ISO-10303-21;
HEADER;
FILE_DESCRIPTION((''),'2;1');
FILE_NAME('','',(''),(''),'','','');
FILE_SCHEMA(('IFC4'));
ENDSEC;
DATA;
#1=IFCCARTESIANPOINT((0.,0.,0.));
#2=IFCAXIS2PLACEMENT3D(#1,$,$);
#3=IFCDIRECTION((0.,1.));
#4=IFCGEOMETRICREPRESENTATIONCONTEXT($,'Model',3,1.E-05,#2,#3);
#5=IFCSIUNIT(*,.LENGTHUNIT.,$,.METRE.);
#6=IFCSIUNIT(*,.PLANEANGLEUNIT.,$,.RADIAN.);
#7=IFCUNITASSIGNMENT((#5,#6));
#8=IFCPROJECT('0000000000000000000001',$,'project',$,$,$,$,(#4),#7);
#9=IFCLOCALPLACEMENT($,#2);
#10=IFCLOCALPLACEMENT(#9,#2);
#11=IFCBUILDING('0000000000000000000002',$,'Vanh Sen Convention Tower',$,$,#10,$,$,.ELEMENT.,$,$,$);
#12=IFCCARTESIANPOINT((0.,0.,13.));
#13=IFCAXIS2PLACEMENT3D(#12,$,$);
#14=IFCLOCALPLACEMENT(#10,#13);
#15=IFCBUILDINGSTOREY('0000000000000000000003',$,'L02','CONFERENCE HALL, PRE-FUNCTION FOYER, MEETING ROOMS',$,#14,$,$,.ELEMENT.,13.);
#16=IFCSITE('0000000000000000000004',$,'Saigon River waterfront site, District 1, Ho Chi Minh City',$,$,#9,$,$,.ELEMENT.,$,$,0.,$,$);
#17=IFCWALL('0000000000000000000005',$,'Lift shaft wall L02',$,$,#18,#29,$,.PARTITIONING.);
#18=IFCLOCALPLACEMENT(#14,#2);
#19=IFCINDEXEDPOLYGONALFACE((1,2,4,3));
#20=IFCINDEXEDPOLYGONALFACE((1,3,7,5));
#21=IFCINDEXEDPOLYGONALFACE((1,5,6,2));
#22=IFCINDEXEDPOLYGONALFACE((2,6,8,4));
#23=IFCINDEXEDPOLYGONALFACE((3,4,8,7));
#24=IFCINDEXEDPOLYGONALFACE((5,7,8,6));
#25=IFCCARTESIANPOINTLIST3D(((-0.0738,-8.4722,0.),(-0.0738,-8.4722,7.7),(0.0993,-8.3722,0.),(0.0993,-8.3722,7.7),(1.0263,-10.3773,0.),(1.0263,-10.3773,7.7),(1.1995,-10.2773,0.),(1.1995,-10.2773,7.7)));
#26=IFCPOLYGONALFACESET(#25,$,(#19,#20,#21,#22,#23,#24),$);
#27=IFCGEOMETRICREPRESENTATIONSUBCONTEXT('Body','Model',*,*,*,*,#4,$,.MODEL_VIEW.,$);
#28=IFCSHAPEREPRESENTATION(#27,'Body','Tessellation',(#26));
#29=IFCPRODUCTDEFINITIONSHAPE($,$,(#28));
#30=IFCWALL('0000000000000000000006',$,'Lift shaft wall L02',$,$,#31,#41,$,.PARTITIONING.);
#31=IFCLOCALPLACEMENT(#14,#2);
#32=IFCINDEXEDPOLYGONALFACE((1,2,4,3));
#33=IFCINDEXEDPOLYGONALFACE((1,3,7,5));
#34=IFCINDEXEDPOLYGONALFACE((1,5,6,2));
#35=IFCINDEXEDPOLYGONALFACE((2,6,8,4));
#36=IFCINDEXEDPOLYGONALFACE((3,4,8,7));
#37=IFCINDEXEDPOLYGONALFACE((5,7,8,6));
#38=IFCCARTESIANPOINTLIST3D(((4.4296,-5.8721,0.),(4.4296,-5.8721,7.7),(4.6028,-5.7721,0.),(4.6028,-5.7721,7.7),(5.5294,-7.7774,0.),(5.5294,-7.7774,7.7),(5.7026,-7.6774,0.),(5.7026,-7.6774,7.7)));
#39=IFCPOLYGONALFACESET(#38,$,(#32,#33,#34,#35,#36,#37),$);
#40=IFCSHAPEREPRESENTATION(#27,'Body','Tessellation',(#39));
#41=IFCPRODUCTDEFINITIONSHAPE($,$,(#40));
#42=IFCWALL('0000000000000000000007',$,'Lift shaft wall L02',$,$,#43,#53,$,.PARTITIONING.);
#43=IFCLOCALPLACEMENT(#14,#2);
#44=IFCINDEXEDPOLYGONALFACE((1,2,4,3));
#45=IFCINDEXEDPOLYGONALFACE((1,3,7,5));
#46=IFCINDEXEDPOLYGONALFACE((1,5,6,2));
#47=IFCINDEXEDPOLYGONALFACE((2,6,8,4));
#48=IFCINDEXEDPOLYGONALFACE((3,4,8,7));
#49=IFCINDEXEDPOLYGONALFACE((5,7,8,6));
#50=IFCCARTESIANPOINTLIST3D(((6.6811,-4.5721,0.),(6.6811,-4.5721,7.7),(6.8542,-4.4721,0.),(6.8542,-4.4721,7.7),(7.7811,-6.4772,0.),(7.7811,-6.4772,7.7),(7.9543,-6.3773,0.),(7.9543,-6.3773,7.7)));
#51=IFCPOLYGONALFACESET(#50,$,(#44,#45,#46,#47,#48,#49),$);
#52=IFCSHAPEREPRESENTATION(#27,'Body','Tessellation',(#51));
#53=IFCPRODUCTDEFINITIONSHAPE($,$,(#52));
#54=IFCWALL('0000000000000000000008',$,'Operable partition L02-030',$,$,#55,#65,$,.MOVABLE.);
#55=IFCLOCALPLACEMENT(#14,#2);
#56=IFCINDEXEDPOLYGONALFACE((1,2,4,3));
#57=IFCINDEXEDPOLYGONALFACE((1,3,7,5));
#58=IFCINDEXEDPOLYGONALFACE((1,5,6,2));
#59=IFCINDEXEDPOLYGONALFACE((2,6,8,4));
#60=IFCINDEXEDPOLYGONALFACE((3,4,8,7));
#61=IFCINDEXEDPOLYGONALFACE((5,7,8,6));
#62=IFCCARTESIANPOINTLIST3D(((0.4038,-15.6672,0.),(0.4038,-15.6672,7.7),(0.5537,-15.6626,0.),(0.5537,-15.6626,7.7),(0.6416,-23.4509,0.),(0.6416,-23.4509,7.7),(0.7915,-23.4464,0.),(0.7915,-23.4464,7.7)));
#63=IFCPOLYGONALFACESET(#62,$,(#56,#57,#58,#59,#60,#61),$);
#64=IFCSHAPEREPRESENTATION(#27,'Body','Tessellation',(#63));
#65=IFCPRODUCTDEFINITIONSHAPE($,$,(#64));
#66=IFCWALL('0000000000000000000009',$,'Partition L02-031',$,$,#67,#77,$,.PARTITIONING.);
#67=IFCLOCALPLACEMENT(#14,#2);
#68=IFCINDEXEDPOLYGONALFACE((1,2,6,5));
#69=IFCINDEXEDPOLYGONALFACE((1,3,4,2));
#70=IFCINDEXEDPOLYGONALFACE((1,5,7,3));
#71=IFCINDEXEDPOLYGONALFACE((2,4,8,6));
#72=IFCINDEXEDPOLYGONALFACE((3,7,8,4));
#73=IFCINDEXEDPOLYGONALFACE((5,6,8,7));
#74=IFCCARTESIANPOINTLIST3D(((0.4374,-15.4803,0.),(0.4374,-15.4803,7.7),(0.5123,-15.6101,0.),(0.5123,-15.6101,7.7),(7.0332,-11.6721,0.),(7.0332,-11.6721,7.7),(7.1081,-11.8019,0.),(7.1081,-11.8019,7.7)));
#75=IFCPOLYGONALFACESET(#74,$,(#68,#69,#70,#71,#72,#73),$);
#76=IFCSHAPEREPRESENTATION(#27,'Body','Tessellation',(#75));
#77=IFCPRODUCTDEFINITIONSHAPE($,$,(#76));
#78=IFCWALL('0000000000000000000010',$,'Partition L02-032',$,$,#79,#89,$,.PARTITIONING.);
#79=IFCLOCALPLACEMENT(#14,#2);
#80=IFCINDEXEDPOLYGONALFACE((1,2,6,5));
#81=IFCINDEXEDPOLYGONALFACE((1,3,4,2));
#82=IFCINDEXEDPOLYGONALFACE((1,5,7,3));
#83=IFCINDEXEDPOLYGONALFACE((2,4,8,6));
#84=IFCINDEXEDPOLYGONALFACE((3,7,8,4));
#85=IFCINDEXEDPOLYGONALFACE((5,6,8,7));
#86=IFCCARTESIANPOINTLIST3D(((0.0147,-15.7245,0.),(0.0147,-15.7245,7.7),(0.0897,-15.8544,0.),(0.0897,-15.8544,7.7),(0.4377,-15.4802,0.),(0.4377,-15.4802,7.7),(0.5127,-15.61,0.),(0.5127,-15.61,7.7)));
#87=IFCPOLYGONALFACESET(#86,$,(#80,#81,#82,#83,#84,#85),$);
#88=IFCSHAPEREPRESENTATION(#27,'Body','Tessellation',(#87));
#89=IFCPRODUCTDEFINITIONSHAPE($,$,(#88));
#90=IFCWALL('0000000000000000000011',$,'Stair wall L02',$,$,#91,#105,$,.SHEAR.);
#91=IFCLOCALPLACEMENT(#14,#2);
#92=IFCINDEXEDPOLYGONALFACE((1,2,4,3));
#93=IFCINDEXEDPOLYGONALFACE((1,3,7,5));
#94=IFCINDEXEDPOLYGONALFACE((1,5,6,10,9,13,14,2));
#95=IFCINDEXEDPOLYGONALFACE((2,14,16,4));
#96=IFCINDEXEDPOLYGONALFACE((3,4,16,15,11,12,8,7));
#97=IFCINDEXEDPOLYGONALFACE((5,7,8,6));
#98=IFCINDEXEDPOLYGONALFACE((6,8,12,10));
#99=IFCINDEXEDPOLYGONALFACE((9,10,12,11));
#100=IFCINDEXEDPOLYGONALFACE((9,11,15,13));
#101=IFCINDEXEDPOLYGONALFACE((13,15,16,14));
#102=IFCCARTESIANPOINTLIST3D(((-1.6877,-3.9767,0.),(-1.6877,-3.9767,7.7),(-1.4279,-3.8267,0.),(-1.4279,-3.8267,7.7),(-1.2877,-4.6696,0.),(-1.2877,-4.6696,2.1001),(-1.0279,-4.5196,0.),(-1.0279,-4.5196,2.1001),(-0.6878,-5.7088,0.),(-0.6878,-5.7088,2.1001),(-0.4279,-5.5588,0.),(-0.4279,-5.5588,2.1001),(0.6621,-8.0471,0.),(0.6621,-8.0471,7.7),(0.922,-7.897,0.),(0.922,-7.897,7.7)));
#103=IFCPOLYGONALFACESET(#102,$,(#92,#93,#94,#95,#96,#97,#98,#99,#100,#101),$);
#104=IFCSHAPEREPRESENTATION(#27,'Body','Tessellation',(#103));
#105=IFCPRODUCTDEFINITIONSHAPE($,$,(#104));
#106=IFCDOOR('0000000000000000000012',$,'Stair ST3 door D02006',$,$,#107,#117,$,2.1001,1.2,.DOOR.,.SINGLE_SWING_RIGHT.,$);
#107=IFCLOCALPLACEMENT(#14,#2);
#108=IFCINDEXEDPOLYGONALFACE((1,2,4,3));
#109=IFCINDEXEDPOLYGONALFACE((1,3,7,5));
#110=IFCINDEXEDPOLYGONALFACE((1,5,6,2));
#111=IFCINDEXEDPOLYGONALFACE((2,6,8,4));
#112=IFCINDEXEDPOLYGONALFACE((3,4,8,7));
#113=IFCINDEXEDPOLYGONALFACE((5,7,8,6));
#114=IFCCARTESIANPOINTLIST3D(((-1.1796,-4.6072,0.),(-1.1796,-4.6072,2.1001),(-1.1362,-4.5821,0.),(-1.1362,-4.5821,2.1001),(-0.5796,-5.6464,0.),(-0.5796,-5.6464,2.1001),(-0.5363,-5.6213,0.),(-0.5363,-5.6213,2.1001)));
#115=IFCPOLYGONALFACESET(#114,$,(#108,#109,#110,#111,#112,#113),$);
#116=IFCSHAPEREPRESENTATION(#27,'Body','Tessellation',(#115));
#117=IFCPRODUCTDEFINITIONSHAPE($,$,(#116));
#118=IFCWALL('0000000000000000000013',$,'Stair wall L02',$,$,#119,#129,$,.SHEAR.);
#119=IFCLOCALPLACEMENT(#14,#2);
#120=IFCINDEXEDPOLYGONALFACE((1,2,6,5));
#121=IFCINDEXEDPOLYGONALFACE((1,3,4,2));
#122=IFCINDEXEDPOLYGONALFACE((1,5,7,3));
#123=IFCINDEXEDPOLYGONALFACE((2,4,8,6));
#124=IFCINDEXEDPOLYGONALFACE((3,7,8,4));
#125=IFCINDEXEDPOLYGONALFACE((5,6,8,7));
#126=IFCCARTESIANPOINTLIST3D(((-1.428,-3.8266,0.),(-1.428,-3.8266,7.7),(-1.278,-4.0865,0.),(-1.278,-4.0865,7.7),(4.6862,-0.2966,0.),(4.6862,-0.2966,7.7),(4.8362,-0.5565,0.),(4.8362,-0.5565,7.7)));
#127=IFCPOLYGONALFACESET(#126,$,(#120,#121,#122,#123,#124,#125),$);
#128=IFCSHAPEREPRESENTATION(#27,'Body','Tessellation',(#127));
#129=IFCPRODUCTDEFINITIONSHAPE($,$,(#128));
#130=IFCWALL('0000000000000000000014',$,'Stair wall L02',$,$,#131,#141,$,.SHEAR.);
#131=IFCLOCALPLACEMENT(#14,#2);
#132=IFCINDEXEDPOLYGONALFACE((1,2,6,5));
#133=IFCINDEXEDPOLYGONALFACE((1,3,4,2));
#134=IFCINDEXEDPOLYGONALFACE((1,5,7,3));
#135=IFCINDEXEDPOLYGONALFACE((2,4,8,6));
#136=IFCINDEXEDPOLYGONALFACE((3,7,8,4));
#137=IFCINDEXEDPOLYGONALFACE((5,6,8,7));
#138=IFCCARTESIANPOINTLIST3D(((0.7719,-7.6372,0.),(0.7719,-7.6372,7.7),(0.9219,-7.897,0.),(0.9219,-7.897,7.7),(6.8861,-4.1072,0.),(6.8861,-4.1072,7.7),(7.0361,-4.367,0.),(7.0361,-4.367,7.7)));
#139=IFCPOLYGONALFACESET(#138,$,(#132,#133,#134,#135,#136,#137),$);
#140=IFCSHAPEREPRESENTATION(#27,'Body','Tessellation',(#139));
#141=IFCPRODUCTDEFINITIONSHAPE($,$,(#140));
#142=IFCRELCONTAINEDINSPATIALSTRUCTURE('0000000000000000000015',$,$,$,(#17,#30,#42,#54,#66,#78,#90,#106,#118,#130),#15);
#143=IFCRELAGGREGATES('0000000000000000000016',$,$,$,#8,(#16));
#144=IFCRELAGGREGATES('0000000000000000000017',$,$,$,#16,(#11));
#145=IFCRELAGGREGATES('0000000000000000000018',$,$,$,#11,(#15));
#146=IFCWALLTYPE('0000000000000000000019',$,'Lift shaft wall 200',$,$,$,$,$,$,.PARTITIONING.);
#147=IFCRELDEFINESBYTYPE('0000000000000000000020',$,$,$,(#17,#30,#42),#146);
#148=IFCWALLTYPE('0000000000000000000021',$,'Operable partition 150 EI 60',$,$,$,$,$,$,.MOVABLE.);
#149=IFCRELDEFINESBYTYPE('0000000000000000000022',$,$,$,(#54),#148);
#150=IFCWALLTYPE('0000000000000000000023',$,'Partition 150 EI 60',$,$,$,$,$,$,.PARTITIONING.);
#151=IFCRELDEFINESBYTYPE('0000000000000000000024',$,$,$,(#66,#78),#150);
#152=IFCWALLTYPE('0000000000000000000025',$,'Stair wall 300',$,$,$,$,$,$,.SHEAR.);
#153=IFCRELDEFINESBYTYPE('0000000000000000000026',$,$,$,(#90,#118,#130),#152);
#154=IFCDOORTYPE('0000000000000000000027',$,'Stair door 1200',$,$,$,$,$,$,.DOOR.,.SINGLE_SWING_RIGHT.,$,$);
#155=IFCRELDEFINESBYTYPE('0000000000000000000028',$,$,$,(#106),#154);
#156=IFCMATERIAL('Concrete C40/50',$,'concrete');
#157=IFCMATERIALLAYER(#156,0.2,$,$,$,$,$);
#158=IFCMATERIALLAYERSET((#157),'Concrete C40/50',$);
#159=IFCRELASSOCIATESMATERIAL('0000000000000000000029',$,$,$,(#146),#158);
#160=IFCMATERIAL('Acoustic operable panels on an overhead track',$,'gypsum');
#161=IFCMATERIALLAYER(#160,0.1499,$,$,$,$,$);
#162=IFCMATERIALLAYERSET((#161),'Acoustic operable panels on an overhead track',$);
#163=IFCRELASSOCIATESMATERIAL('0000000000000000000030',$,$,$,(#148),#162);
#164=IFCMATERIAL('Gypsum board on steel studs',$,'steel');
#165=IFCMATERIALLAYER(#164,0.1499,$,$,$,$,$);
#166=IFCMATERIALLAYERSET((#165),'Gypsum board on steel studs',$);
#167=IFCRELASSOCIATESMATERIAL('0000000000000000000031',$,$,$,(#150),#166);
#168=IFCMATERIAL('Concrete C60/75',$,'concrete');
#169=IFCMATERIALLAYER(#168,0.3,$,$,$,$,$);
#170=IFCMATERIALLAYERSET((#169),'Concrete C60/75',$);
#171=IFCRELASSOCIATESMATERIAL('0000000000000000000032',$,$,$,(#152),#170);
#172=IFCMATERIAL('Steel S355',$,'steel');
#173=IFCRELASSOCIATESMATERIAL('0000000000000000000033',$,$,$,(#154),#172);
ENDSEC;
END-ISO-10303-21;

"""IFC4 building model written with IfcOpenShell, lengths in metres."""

from ifc_helpers import new_model, si_unit, direction, frame, frame_2d, origin, place, context, subcontext, project, spatial, rectangle, extrude, material, layer, layer_set, type_object, element, fill, save


model = new_model("IFC4")

# Units and contexts
model_context = context("Model", 3, precision=1e-05, world=origin(), true_north=direction((0.0, 1.0)))
body_context = subcontext(model_context, "Body", "Model", "MODEL_VIEW")
ifc_project = project(units=[si_unit("LENGTHUNIT", "METRE"), si_unit("PLANEANGLEUNIT", "RADIAN")], contexts=[model_context])

# Site, building, storey
site_placement = place(None, origin())
site = spatial("IfcSite", under=ifc_project, at=site_placement, Name="Saigon River waterfront site, District 1, Ho Chi Minh City", CompositionType="ELEMENT", RefElevation=0.0)
building_placement = place(site_placement, origin())
building = spatial("IfcBuilding", under=site, at=building_placement, Name="Vanh Sen Convention Tower", CompositionType="ELEMENT")
storey_placement = place(building_placement, frame((0.0, 0.0, 13.0)))
storey = spatial("IfcBuildingStorey", under=building, at=storey_placement, Name="L02", Description="CONFERENCE HALL, PRE-FUNCTION FOYER, MEETING ROOMS", CompositionType="ELEMENT", Elevation=13.0)

# Shared definitions
ifc_material_1 = material(Name="Steel S355", Category="steel")

# Walls
ifc_material_2 = material(Name="Concrete C40/50", Category="concrete")
ifc_layer_1 = layer(ifc_material_2, 0.2)
ifc_layer_set_1 = layer_set([ifc_layer_1], Name="Concrete C40/50")
wall_type_1 = type_object("IfcWallType", Name="Lift shaft wall 200", PredefinedType="PARTITIONING", material=ifc_layer_set_1)
for number, where, z_axis, x_axis, name in (
    (1, (0.0127, -8.4221, 0.0), (0.0, 0.0, 1.0), (0.500078, -0.86598, 0.0), "Lift shaft wall L02"),
    (2, (4.5161, -5.822, 0.0), (0.0, 0.0, 1.0), (0.499947, -0.866056, 0.0), "Lift shaft wall L02"),
    (3, (6.7676, -4.522, 0.0), (0.0, 0.0, 1.0), (0.50003, -0.866008, 0.0), "Lift shaft wall L02"),
):
    element("IfcWall", number, at=place(storey_placement, frame(where, z_axis=z_axis, x_axis=x_axis)), inside=storey, type_object=wall_type_1, Name=name, PredefinedType="PARTITIONING", context=body_context, shape_type="SweptSolid", body=[
        extrude(rectangle(XDim=2.2, YDim=0.2, at=frame_2d((1.1001, 0.0))), origin(), (0.0, 0.0, 1.0), 7.7),
    ])
ifc_material_3 = material(Name="Acoustic operable panels on an overhead track", Category="gypsum")
ifc_layer_2 = layer(ifc_material_3, 0.1499)
ifc_layer_set_2 = layer_set([ifc_layer_2], Name="Acoustic operable panels on an overhead track")
wall_type_2 = type_object("IfcWallType", Name="Operable partition 150 EI 60", PredefinedType="MOVABLE", material=ifc_layer_set_2)
wall_1_placement = place(storey_placement, frame((0.4788, -15.665, 0.0), z_axis=(0.0, 0.0, 1.0), x_axis=(0.030536, -0.999534, 0.0)))
element("IfcWall", 4, at=wall_1_placement, inside=storey, type_object=wall_type_2, Name="Operable partition L02-030", PredefinedType="MOVABLE", context=body_context, shape_type="SweptSolid", body=[
    extrude(rectangle(XDim=7.7874, YDim=0.1499, at=frame_2d((3.8936, 0.0))), origin(), (0.0, 0.0, 1.0), 7.7),
])
ifc_material_4 = material(Name="Gypsum board on steel studs", Category="steel")
ifc_layer_3 = layer(ifc_material_4, 0.1499)
ifc_layer_set_3 = layer_set([ifc_layer_3], Name="Gypsum board on steel studs")
wall_type_3 = type_object("IfcWallType", Name="Partition 150 EI 60", PredefinedType="PARTITIONING", material=ifc_layer_set_3)
wall_2_placement = place(storey_placement, frame((0.4749, -15.5452, 0.0), z_axis=(0.0, 0.0, 1.0), x_axis=(0.866021, 0.500007, 0.0)))
element("IfcWall", 5, at=wall_2_placement, inside=storey, type_object=wall_type_3, Name="Partition L02-031", PredefinedType="PARTITIONING", context=body_context, shape_type="SweptSolid", body=[
    extrude(rectangle(XDim=7.6162, YDim=0.1499, at=frame_2d((3.8081, 0.0))), origin(), (0.0, 0.0, 1.0), 7.7),
])
wall_3_placement = place(storey_placement, frame((0.4751, -15.5452, 0.0), z_axis=(0.0, 0.0, 1.0), x_axis=(-0.865928, -0.500169, 0.0)))
element("IfcWall", 6, at=wall_3_placement, inside=storey, type_object=wall_type_3, Name="Partition L02-032", PredefinedType="PARTITIONING", context=body_context, shape_type="SweptSolid", body=[
    extrude(rectangle(XDim=0.4885, YDim=0.1499, at=frame_2d((0.2441, 0.0))), origin(), (0.0, 0.0, 1.0), 7.7),
])

# Wall, opening, door
ifc_material_5 = material(Name="Concrete C60/75", Category="concrete")
ifc_layer_4 = layer(ifc_material_5, 0.3)
ifc_layer_set_4 = layer_set([ifc_layer_4], Name="Concrete C60/75")
wall_type_4 = type_object("IfcWallType", Name="Stair wall 300", PredefinedType="SHEAR", material=ifc_layer_set_4)
wall_4_placement = place(storey_placement, frame((-1.5579, -3.9016, 0.0), z_axis=(0.0, 0.0, 1.0), x_axis=(0.499977, -0.866039, 0.0)))
wall_4 = element("IfcWall", 7, at=wall_4_placement, inside=storey, type_object=wall_type_4, Name="Stair wall L02", PredefinedType="SHEAR", context=body_context, shape_type="SweptSolid", body=[
    extrude(rectangle(XDim=4.7, YDim=0.3, at=frame_2d((2.3501, 0.0))), origin(), (0.0, 0.0, 1.0), 7.7),
])
opening_1_placement = place(wall_4_placement, frame((0.8, 0.0, 0.0)))
opening_1 = element("IfcOpeningElement", 8, at=opening_1_placement, cuts=wall_4, PredefinedType="OPENING", context=body_context, shape_type="SweptSolid", body=[
    extrude(rectangle(XDim=1.2, YDim=2.1001, at=frame_2d((0.6001, 1.05))), frame((0.0, 0.1599, 0.0), z_axis=(0.0, -1.0, 0.0), x_axis=(1.0, 0.0, 0.0)), (0.0, 0.0, 1.0), 0.3201),
])
door_type_1 = type_object("IfcDoorType", Name="Stair door 1200", OperationType="SINGLE_SWING_RIGHT", PredefinedType="DOOR", material=ifc_material_1)
door_1_placement = place(opening_1_placement, origin())
door_1 = element("IfcDoor", 9, at=door_1_placement, inside=storey, type_object=door_type_1, Name="Stair ST3 door D02006", OperationType="SINGLE_SWING_RIGHT", OverallHeight=2.1001, OverallWidth=1.2, PredefinedType="DOOR", context=body_context, shape_type="SweptSolid", body=[
    extrude(rectangle(XDim=1.2, YDim=2.1001, at=frame_2d((0.6001, 1.05))), frame((0.0, 0.0249, 0.0), z_axis=(0.0, -1.0, 0.0), x_axis=(1.0, 0.0, 0.0)), (0.0, 0.0, 1.0), 0.05),
])
fill(opening_1, door_1)

# Walls
for number, where, z_axis, x_axis, name in (
    (10, (-1.353, -3.9565, 0.0), (0.0, 0.0, 1.0), (0.866028, 0.499996, 0.0), "Stair wall L02"),
    (11, (0.8469, -7.7671, 0.0), (0.0, 0.0, 1.0), (0.866028, 0.499996, 0.0), "Stair wall L02"),
):
    element("IfcWall", number, at=place(storey_placement, frame(where, z_axis=z_axis, x_axis=x_axis)), inside=storey, type_object=wall_type_4, Name=name, PredefinedType="SHEAR", context=body_context, shape_type="SweptSolid", body=[
        extrude(rectangle(XDim=7.0601, YDim=0.3, at=frame_2d((3.53, 0.0))), origin(), (0.0, 0.0, 1.0), 7.7),
    ])

save(model, "model.ifc")
